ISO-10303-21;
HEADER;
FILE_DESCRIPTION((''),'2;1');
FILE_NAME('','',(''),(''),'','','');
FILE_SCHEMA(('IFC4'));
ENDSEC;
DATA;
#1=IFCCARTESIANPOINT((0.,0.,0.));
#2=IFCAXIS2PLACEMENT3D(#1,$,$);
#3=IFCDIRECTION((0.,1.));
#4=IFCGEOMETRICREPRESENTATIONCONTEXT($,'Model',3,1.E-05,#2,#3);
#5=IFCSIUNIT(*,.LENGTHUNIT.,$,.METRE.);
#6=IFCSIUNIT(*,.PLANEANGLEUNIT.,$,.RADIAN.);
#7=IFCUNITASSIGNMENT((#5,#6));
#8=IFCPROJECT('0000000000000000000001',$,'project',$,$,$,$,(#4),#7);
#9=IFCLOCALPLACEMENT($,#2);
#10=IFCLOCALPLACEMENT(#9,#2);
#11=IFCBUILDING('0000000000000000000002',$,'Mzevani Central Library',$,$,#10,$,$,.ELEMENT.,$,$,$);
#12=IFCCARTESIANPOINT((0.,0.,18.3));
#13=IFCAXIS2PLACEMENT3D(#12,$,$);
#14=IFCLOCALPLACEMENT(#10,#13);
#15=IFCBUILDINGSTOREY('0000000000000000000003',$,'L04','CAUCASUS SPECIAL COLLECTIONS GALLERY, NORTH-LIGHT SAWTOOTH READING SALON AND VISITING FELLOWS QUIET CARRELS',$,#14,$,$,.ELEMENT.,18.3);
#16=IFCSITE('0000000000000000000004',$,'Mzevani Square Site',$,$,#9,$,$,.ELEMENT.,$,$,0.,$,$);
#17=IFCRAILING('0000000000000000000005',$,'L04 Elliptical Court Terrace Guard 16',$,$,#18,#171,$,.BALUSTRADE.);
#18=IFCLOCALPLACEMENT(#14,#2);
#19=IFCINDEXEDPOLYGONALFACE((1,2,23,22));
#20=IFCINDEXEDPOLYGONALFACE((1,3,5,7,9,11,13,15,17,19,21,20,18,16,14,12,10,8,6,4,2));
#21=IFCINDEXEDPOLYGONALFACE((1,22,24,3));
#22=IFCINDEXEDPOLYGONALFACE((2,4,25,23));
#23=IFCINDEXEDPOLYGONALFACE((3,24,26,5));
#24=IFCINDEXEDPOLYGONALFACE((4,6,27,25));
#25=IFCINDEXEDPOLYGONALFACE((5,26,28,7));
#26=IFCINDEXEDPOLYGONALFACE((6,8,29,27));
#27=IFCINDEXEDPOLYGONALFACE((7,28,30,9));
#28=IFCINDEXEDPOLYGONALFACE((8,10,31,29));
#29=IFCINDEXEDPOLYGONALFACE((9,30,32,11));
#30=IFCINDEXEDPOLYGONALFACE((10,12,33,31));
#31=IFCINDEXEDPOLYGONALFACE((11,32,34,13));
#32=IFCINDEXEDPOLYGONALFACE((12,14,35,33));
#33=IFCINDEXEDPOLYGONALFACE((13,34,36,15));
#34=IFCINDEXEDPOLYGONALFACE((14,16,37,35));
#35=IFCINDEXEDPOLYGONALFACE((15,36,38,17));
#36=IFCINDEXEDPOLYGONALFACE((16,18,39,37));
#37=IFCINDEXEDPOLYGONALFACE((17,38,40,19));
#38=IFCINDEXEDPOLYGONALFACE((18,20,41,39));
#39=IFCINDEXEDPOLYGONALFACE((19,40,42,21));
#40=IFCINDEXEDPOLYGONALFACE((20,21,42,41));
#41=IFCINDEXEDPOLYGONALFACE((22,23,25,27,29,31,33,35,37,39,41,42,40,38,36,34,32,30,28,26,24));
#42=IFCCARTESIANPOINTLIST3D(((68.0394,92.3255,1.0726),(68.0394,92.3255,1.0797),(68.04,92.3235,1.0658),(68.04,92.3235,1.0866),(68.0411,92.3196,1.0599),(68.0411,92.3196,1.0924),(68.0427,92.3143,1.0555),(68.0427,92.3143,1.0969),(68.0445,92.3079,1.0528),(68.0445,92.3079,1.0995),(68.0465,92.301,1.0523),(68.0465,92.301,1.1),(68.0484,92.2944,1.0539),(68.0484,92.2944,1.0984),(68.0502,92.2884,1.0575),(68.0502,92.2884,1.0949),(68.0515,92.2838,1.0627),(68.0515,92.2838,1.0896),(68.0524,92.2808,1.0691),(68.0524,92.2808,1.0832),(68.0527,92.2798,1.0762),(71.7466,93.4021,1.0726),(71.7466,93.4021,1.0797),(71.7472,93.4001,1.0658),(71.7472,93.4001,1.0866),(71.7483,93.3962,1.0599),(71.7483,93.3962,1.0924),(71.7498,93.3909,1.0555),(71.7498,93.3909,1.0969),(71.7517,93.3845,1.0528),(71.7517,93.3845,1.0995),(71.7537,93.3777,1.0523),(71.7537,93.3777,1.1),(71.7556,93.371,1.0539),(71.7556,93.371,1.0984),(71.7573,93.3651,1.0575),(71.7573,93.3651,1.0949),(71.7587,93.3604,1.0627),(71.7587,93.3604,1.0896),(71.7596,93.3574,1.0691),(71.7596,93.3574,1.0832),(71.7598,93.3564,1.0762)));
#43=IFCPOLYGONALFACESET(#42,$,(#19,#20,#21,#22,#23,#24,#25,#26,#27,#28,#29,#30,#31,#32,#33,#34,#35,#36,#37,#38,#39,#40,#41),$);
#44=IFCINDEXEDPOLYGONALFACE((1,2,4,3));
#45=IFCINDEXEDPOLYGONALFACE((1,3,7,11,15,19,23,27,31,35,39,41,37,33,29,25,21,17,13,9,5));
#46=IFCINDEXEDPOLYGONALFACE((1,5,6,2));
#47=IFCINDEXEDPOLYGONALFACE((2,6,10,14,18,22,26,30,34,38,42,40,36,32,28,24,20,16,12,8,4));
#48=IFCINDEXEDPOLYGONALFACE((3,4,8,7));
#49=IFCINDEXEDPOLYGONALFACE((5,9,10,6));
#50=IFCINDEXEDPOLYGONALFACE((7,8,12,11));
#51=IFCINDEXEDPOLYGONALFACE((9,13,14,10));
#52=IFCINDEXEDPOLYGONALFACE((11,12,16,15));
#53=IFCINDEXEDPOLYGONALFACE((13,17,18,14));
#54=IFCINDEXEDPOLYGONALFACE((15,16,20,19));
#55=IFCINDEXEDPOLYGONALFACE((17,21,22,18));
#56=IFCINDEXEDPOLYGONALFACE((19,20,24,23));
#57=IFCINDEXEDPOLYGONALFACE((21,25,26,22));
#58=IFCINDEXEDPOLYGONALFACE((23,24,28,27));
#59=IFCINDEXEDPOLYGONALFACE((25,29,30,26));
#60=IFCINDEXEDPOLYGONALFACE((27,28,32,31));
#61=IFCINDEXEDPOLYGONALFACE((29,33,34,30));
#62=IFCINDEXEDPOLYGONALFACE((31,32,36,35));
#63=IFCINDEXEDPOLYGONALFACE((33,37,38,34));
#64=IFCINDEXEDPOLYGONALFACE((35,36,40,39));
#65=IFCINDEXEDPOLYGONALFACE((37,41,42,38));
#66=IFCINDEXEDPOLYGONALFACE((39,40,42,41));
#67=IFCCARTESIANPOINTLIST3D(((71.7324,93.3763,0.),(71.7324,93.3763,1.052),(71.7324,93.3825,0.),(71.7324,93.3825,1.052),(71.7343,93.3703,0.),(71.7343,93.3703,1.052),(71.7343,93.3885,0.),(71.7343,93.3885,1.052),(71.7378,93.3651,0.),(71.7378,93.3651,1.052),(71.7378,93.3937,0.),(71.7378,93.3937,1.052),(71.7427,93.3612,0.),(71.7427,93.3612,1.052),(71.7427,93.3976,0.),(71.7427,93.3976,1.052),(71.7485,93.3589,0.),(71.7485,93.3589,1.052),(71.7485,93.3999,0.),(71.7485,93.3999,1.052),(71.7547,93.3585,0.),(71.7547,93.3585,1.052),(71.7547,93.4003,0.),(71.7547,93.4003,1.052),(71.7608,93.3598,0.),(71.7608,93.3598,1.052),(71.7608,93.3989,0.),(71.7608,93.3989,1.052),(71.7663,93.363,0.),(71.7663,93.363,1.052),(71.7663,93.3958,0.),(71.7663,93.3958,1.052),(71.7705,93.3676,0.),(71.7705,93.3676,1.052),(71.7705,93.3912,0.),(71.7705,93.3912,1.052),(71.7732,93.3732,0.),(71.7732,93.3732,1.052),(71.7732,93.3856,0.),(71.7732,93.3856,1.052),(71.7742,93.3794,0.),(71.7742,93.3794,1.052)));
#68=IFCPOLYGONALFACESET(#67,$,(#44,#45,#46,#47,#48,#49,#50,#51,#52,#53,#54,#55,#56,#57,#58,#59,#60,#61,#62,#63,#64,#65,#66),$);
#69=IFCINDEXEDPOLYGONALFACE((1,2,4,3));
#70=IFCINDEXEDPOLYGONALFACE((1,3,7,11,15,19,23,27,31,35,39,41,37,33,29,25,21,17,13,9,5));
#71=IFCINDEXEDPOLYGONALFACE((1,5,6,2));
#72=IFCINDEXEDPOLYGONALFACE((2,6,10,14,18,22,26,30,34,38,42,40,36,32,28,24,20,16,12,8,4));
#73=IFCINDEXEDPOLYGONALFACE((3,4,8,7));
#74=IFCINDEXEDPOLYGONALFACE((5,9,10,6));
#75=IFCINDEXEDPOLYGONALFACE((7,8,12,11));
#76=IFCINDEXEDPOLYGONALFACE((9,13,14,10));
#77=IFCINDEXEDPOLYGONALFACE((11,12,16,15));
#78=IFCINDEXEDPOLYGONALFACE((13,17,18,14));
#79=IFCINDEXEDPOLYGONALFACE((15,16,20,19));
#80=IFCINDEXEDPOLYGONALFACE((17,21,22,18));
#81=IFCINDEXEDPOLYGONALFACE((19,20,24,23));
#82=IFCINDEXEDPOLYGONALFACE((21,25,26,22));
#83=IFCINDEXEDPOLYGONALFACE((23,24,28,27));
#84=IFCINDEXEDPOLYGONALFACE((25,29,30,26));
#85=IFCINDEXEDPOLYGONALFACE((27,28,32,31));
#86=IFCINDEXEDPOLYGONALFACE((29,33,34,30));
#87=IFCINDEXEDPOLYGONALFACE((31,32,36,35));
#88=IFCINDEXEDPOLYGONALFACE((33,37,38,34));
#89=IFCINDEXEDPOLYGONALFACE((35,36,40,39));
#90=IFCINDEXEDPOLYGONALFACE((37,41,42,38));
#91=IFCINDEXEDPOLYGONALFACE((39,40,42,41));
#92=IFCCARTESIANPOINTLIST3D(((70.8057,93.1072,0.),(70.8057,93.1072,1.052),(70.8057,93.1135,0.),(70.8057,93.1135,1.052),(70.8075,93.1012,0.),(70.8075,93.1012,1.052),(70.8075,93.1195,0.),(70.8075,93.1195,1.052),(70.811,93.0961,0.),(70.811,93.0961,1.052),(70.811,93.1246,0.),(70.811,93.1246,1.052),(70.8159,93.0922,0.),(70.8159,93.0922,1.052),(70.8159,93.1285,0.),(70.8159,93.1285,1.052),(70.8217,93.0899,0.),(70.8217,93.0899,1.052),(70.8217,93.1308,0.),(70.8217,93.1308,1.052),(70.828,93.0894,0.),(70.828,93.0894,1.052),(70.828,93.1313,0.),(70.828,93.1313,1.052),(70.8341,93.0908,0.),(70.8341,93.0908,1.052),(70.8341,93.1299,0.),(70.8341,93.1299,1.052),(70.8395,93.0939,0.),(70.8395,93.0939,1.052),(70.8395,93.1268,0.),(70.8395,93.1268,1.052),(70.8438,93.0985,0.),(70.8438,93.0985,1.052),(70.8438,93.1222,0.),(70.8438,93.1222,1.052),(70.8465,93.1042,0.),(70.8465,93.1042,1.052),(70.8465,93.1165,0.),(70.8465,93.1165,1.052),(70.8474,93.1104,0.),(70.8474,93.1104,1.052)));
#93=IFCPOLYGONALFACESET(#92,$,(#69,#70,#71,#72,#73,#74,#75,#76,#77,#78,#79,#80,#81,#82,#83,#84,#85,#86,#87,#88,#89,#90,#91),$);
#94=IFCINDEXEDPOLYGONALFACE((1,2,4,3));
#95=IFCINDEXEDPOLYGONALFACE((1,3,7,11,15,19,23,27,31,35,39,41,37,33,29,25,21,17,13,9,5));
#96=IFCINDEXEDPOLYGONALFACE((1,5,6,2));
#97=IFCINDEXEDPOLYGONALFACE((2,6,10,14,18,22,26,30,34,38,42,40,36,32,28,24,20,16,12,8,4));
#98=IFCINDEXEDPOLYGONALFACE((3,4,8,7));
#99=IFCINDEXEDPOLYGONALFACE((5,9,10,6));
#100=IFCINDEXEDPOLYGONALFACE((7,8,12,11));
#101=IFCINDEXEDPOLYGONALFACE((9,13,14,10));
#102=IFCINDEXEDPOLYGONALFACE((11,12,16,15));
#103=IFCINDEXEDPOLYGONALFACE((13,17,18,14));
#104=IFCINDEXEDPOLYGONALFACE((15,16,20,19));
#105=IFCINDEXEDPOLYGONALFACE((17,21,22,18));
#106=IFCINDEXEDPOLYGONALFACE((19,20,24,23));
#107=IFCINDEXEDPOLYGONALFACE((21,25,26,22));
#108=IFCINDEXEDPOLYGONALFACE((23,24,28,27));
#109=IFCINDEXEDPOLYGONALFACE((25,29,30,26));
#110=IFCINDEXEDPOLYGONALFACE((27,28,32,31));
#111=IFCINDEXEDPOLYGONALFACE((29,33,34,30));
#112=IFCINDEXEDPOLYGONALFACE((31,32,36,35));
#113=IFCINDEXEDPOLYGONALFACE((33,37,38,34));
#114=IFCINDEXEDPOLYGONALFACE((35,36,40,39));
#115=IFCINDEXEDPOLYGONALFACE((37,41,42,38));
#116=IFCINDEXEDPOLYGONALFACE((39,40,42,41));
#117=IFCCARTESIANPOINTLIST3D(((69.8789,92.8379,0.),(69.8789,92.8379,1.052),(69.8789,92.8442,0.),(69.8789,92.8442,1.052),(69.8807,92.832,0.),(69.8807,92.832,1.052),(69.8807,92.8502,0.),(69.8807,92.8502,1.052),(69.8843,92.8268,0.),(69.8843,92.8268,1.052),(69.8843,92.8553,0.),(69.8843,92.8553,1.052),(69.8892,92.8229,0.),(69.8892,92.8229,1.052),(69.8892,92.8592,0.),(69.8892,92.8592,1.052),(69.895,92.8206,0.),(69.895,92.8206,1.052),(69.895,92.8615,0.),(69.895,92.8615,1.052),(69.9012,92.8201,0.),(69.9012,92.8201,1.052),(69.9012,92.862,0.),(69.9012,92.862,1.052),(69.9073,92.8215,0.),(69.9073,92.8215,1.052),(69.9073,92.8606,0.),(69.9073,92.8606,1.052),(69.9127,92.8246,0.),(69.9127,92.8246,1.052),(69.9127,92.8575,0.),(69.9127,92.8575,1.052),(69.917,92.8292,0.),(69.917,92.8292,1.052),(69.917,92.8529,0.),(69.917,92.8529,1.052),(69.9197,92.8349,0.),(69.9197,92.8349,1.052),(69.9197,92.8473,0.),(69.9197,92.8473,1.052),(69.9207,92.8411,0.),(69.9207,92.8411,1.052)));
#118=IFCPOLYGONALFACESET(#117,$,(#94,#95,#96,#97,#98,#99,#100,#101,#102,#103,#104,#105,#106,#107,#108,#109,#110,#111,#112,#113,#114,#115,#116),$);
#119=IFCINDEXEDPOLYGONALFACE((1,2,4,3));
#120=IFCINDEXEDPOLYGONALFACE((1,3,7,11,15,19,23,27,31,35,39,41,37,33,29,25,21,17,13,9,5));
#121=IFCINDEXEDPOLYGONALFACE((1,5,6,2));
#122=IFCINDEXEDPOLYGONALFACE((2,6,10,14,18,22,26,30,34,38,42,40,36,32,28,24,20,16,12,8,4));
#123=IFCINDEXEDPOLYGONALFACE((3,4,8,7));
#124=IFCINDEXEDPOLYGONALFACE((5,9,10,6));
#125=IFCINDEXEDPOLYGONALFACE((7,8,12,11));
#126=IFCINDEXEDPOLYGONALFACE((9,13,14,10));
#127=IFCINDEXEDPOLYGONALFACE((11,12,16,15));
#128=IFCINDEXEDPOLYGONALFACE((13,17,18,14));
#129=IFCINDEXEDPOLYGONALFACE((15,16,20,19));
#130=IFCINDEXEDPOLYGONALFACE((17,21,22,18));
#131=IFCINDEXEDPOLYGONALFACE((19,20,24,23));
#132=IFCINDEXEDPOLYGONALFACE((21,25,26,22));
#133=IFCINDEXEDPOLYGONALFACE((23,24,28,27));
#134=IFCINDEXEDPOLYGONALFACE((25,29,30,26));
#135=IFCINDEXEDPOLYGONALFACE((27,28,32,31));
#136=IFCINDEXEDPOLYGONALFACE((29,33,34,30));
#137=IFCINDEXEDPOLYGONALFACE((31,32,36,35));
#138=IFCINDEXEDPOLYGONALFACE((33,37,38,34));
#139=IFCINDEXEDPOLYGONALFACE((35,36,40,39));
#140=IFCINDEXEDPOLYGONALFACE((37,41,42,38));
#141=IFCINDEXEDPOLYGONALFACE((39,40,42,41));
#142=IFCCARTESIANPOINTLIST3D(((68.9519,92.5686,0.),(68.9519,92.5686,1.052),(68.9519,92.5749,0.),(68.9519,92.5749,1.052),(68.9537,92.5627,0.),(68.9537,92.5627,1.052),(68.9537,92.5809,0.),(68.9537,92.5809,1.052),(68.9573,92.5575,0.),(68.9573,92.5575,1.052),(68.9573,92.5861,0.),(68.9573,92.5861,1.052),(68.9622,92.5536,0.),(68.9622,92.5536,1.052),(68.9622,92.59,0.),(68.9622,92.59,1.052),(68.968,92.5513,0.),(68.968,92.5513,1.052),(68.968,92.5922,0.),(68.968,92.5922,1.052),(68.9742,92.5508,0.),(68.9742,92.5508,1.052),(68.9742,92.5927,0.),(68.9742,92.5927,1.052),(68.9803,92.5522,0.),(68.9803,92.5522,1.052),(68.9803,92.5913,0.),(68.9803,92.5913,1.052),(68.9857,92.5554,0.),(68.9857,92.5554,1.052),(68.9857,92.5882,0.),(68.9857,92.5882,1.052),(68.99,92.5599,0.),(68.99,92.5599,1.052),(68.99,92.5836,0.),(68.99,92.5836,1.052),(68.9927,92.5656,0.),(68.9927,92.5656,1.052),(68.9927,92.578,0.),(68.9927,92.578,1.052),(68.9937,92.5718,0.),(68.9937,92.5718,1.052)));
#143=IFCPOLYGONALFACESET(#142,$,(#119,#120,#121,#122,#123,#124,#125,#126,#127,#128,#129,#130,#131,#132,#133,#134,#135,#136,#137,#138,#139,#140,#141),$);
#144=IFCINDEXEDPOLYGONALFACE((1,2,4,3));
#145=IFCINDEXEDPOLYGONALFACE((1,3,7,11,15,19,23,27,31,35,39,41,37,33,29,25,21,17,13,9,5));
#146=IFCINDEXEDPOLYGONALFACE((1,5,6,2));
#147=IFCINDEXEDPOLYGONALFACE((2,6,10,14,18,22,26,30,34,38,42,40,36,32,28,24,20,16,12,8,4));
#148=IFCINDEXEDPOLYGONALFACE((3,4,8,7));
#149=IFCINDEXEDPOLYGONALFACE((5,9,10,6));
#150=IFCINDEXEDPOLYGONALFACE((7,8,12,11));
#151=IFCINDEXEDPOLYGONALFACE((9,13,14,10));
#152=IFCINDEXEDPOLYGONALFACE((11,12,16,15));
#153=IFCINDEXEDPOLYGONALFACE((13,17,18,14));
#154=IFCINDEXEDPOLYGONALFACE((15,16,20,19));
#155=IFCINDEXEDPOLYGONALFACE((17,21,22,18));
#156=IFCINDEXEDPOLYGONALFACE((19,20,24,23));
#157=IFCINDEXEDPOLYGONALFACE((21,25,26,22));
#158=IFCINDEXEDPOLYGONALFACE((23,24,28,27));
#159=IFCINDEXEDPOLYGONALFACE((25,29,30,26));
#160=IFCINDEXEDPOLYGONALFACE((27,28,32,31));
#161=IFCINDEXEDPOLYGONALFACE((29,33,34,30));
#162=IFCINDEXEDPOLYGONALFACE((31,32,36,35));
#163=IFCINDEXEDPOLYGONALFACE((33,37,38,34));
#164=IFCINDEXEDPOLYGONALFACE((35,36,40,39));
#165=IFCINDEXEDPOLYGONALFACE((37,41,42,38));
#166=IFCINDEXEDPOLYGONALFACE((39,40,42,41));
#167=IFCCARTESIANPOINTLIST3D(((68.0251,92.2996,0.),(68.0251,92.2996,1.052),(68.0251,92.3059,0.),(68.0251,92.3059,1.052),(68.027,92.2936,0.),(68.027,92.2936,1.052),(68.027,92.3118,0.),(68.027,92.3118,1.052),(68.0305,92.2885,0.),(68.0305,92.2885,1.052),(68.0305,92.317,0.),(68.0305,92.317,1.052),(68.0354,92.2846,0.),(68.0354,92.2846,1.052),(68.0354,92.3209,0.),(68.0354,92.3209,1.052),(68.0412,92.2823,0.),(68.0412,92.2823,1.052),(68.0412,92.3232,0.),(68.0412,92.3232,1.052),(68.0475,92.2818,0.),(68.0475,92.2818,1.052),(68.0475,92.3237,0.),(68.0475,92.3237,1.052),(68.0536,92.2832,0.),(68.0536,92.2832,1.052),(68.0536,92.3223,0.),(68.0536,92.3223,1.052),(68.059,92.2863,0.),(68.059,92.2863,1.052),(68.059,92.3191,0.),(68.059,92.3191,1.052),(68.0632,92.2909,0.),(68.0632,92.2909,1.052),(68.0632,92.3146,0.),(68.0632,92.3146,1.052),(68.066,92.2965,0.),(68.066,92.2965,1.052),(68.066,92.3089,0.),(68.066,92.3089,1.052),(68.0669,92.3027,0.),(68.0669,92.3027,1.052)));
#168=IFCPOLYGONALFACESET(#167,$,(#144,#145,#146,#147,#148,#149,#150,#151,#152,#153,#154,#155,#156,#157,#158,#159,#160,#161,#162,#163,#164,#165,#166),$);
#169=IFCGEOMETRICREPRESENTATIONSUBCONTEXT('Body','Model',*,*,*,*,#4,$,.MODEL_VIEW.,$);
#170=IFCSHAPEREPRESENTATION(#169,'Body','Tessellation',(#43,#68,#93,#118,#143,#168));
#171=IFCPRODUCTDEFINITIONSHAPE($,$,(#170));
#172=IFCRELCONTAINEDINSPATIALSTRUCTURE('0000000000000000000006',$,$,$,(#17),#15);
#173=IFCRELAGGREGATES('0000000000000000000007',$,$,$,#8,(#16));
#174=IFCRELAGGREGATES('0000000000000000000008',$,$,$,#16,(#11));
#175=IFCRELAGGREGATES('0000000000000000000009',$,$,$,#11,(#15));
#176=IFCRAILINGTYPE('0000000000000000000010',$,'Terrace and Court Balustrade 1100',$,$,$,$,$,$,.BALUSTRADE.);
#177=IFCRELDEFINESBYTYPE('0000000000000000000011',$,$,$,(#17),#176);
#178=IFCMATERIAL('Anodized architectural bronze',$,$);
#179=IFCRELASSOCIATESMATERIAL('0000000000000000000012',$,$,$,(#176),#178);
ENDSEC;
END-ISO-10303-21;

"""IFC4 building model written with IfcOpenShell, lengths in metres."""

from ifc_helpers import new_model, si_unit, direction, frame, origin, origin_2d, place, context, subcontext, project, spatial, circle, extrude, material, type_object, element, save


model = new_model("IFC4")

# Units and contexts
model_context = context("Model", 3, precision=1e-05, world=origin(), true_north=direction((0.0, 1.0)))
body_context = subcontext(model_context, "Body", "Model", "MODEL_VIEW")
ifc_project = project(units=[si_unit("LENGTHUNIT", "METRE"), si_unit("PLANEANGLEUNIT", "RADIAN")], contexts=[model_context])

# Site, building, storey
site_placement = place(None, origin())
site = spatial("IfcSite", under=ifc_project, at=site_placement, Name="Mzevani Square Site", CompositionType="ELEMENT", RefElevation=0.0)
building_placement = place(site_placement, origin())
building = spatial("IfcBuilding", under=site, at=building_placement, Name="Mzevani Central Library", CompositionType="ELEMENT")
storey_placement = place(building_placement, frame((0.0, 0.0, 18.3)))
storey = spatial("IfcBuildingStorey", under=building, at=storey_placement, Name="L04", Description="CAUCASUS SPECIAL COLLECTIONS GALLERY, NORTH-LIGHT SAWTOOTH READING SALON AND VISITING FELLOWS QUIET CARRELS", CompositionType="ELEMENT", Elevation=18.3)

# Railing
ifc_material_1 = material(Name="Anodized architectural bronze")
railing_type = type_object("IfcRailingType", Name="Terrace and Court Balustrade 1100", PredefinedType="BALUSTRADE", material=ifc_material_1)
railing_1_placement = place(storey_placement, frame((71.7532, 93.3794, 0.0)))
element("IfcRailing", 1, at=railing_1_placement, inside=storey, type_object=railing_type, Name="L04 Elliptical Court Terrace Guard 16", PredefinedType="BALUSTRADE", context=body_context, shape_type="SweptSolid", body=[
    extrude(circle(Radius=0.0239, at=origin_2d()), frame((0.0, 0.0, 1.0762), z_axis=(-0.960322, -0.278895, 0.0), x_axis=(0.278895, -0.960322, 0.0)), (0.0, 0.0, 1.0), 3.8604),
    extrude(circle(Radius=0.021, at=origin_2d()), origin(), (0.0, 0.0, 1.0), 1.052),
    extrude(circle(Radius=0.021, at=origin_2d()), frame((-0.9268, -0.269, 0.0)), (0.0, 0.0, 1.0), 1.052),
    extrude(circle(Radius=0.021, at=origin_2d()), frame((-1.8535, -0.5383, 0.0)), (0.0, 0.0, 1.0), 1.052),
    extrude(circle(Radius=0.021, at=origin_2d()), frame((-2.7805, -0.8076, 0.0)), (0.0, 0.0, 1.0), 1.052),
    extrude(circle(Radius=0.021, at=origin_2d()), frame((-3.7073, -1.0767, 0.0)), (0.0, 0.0, 1.0), 1.052),
])

save(model, "model.ifc")
